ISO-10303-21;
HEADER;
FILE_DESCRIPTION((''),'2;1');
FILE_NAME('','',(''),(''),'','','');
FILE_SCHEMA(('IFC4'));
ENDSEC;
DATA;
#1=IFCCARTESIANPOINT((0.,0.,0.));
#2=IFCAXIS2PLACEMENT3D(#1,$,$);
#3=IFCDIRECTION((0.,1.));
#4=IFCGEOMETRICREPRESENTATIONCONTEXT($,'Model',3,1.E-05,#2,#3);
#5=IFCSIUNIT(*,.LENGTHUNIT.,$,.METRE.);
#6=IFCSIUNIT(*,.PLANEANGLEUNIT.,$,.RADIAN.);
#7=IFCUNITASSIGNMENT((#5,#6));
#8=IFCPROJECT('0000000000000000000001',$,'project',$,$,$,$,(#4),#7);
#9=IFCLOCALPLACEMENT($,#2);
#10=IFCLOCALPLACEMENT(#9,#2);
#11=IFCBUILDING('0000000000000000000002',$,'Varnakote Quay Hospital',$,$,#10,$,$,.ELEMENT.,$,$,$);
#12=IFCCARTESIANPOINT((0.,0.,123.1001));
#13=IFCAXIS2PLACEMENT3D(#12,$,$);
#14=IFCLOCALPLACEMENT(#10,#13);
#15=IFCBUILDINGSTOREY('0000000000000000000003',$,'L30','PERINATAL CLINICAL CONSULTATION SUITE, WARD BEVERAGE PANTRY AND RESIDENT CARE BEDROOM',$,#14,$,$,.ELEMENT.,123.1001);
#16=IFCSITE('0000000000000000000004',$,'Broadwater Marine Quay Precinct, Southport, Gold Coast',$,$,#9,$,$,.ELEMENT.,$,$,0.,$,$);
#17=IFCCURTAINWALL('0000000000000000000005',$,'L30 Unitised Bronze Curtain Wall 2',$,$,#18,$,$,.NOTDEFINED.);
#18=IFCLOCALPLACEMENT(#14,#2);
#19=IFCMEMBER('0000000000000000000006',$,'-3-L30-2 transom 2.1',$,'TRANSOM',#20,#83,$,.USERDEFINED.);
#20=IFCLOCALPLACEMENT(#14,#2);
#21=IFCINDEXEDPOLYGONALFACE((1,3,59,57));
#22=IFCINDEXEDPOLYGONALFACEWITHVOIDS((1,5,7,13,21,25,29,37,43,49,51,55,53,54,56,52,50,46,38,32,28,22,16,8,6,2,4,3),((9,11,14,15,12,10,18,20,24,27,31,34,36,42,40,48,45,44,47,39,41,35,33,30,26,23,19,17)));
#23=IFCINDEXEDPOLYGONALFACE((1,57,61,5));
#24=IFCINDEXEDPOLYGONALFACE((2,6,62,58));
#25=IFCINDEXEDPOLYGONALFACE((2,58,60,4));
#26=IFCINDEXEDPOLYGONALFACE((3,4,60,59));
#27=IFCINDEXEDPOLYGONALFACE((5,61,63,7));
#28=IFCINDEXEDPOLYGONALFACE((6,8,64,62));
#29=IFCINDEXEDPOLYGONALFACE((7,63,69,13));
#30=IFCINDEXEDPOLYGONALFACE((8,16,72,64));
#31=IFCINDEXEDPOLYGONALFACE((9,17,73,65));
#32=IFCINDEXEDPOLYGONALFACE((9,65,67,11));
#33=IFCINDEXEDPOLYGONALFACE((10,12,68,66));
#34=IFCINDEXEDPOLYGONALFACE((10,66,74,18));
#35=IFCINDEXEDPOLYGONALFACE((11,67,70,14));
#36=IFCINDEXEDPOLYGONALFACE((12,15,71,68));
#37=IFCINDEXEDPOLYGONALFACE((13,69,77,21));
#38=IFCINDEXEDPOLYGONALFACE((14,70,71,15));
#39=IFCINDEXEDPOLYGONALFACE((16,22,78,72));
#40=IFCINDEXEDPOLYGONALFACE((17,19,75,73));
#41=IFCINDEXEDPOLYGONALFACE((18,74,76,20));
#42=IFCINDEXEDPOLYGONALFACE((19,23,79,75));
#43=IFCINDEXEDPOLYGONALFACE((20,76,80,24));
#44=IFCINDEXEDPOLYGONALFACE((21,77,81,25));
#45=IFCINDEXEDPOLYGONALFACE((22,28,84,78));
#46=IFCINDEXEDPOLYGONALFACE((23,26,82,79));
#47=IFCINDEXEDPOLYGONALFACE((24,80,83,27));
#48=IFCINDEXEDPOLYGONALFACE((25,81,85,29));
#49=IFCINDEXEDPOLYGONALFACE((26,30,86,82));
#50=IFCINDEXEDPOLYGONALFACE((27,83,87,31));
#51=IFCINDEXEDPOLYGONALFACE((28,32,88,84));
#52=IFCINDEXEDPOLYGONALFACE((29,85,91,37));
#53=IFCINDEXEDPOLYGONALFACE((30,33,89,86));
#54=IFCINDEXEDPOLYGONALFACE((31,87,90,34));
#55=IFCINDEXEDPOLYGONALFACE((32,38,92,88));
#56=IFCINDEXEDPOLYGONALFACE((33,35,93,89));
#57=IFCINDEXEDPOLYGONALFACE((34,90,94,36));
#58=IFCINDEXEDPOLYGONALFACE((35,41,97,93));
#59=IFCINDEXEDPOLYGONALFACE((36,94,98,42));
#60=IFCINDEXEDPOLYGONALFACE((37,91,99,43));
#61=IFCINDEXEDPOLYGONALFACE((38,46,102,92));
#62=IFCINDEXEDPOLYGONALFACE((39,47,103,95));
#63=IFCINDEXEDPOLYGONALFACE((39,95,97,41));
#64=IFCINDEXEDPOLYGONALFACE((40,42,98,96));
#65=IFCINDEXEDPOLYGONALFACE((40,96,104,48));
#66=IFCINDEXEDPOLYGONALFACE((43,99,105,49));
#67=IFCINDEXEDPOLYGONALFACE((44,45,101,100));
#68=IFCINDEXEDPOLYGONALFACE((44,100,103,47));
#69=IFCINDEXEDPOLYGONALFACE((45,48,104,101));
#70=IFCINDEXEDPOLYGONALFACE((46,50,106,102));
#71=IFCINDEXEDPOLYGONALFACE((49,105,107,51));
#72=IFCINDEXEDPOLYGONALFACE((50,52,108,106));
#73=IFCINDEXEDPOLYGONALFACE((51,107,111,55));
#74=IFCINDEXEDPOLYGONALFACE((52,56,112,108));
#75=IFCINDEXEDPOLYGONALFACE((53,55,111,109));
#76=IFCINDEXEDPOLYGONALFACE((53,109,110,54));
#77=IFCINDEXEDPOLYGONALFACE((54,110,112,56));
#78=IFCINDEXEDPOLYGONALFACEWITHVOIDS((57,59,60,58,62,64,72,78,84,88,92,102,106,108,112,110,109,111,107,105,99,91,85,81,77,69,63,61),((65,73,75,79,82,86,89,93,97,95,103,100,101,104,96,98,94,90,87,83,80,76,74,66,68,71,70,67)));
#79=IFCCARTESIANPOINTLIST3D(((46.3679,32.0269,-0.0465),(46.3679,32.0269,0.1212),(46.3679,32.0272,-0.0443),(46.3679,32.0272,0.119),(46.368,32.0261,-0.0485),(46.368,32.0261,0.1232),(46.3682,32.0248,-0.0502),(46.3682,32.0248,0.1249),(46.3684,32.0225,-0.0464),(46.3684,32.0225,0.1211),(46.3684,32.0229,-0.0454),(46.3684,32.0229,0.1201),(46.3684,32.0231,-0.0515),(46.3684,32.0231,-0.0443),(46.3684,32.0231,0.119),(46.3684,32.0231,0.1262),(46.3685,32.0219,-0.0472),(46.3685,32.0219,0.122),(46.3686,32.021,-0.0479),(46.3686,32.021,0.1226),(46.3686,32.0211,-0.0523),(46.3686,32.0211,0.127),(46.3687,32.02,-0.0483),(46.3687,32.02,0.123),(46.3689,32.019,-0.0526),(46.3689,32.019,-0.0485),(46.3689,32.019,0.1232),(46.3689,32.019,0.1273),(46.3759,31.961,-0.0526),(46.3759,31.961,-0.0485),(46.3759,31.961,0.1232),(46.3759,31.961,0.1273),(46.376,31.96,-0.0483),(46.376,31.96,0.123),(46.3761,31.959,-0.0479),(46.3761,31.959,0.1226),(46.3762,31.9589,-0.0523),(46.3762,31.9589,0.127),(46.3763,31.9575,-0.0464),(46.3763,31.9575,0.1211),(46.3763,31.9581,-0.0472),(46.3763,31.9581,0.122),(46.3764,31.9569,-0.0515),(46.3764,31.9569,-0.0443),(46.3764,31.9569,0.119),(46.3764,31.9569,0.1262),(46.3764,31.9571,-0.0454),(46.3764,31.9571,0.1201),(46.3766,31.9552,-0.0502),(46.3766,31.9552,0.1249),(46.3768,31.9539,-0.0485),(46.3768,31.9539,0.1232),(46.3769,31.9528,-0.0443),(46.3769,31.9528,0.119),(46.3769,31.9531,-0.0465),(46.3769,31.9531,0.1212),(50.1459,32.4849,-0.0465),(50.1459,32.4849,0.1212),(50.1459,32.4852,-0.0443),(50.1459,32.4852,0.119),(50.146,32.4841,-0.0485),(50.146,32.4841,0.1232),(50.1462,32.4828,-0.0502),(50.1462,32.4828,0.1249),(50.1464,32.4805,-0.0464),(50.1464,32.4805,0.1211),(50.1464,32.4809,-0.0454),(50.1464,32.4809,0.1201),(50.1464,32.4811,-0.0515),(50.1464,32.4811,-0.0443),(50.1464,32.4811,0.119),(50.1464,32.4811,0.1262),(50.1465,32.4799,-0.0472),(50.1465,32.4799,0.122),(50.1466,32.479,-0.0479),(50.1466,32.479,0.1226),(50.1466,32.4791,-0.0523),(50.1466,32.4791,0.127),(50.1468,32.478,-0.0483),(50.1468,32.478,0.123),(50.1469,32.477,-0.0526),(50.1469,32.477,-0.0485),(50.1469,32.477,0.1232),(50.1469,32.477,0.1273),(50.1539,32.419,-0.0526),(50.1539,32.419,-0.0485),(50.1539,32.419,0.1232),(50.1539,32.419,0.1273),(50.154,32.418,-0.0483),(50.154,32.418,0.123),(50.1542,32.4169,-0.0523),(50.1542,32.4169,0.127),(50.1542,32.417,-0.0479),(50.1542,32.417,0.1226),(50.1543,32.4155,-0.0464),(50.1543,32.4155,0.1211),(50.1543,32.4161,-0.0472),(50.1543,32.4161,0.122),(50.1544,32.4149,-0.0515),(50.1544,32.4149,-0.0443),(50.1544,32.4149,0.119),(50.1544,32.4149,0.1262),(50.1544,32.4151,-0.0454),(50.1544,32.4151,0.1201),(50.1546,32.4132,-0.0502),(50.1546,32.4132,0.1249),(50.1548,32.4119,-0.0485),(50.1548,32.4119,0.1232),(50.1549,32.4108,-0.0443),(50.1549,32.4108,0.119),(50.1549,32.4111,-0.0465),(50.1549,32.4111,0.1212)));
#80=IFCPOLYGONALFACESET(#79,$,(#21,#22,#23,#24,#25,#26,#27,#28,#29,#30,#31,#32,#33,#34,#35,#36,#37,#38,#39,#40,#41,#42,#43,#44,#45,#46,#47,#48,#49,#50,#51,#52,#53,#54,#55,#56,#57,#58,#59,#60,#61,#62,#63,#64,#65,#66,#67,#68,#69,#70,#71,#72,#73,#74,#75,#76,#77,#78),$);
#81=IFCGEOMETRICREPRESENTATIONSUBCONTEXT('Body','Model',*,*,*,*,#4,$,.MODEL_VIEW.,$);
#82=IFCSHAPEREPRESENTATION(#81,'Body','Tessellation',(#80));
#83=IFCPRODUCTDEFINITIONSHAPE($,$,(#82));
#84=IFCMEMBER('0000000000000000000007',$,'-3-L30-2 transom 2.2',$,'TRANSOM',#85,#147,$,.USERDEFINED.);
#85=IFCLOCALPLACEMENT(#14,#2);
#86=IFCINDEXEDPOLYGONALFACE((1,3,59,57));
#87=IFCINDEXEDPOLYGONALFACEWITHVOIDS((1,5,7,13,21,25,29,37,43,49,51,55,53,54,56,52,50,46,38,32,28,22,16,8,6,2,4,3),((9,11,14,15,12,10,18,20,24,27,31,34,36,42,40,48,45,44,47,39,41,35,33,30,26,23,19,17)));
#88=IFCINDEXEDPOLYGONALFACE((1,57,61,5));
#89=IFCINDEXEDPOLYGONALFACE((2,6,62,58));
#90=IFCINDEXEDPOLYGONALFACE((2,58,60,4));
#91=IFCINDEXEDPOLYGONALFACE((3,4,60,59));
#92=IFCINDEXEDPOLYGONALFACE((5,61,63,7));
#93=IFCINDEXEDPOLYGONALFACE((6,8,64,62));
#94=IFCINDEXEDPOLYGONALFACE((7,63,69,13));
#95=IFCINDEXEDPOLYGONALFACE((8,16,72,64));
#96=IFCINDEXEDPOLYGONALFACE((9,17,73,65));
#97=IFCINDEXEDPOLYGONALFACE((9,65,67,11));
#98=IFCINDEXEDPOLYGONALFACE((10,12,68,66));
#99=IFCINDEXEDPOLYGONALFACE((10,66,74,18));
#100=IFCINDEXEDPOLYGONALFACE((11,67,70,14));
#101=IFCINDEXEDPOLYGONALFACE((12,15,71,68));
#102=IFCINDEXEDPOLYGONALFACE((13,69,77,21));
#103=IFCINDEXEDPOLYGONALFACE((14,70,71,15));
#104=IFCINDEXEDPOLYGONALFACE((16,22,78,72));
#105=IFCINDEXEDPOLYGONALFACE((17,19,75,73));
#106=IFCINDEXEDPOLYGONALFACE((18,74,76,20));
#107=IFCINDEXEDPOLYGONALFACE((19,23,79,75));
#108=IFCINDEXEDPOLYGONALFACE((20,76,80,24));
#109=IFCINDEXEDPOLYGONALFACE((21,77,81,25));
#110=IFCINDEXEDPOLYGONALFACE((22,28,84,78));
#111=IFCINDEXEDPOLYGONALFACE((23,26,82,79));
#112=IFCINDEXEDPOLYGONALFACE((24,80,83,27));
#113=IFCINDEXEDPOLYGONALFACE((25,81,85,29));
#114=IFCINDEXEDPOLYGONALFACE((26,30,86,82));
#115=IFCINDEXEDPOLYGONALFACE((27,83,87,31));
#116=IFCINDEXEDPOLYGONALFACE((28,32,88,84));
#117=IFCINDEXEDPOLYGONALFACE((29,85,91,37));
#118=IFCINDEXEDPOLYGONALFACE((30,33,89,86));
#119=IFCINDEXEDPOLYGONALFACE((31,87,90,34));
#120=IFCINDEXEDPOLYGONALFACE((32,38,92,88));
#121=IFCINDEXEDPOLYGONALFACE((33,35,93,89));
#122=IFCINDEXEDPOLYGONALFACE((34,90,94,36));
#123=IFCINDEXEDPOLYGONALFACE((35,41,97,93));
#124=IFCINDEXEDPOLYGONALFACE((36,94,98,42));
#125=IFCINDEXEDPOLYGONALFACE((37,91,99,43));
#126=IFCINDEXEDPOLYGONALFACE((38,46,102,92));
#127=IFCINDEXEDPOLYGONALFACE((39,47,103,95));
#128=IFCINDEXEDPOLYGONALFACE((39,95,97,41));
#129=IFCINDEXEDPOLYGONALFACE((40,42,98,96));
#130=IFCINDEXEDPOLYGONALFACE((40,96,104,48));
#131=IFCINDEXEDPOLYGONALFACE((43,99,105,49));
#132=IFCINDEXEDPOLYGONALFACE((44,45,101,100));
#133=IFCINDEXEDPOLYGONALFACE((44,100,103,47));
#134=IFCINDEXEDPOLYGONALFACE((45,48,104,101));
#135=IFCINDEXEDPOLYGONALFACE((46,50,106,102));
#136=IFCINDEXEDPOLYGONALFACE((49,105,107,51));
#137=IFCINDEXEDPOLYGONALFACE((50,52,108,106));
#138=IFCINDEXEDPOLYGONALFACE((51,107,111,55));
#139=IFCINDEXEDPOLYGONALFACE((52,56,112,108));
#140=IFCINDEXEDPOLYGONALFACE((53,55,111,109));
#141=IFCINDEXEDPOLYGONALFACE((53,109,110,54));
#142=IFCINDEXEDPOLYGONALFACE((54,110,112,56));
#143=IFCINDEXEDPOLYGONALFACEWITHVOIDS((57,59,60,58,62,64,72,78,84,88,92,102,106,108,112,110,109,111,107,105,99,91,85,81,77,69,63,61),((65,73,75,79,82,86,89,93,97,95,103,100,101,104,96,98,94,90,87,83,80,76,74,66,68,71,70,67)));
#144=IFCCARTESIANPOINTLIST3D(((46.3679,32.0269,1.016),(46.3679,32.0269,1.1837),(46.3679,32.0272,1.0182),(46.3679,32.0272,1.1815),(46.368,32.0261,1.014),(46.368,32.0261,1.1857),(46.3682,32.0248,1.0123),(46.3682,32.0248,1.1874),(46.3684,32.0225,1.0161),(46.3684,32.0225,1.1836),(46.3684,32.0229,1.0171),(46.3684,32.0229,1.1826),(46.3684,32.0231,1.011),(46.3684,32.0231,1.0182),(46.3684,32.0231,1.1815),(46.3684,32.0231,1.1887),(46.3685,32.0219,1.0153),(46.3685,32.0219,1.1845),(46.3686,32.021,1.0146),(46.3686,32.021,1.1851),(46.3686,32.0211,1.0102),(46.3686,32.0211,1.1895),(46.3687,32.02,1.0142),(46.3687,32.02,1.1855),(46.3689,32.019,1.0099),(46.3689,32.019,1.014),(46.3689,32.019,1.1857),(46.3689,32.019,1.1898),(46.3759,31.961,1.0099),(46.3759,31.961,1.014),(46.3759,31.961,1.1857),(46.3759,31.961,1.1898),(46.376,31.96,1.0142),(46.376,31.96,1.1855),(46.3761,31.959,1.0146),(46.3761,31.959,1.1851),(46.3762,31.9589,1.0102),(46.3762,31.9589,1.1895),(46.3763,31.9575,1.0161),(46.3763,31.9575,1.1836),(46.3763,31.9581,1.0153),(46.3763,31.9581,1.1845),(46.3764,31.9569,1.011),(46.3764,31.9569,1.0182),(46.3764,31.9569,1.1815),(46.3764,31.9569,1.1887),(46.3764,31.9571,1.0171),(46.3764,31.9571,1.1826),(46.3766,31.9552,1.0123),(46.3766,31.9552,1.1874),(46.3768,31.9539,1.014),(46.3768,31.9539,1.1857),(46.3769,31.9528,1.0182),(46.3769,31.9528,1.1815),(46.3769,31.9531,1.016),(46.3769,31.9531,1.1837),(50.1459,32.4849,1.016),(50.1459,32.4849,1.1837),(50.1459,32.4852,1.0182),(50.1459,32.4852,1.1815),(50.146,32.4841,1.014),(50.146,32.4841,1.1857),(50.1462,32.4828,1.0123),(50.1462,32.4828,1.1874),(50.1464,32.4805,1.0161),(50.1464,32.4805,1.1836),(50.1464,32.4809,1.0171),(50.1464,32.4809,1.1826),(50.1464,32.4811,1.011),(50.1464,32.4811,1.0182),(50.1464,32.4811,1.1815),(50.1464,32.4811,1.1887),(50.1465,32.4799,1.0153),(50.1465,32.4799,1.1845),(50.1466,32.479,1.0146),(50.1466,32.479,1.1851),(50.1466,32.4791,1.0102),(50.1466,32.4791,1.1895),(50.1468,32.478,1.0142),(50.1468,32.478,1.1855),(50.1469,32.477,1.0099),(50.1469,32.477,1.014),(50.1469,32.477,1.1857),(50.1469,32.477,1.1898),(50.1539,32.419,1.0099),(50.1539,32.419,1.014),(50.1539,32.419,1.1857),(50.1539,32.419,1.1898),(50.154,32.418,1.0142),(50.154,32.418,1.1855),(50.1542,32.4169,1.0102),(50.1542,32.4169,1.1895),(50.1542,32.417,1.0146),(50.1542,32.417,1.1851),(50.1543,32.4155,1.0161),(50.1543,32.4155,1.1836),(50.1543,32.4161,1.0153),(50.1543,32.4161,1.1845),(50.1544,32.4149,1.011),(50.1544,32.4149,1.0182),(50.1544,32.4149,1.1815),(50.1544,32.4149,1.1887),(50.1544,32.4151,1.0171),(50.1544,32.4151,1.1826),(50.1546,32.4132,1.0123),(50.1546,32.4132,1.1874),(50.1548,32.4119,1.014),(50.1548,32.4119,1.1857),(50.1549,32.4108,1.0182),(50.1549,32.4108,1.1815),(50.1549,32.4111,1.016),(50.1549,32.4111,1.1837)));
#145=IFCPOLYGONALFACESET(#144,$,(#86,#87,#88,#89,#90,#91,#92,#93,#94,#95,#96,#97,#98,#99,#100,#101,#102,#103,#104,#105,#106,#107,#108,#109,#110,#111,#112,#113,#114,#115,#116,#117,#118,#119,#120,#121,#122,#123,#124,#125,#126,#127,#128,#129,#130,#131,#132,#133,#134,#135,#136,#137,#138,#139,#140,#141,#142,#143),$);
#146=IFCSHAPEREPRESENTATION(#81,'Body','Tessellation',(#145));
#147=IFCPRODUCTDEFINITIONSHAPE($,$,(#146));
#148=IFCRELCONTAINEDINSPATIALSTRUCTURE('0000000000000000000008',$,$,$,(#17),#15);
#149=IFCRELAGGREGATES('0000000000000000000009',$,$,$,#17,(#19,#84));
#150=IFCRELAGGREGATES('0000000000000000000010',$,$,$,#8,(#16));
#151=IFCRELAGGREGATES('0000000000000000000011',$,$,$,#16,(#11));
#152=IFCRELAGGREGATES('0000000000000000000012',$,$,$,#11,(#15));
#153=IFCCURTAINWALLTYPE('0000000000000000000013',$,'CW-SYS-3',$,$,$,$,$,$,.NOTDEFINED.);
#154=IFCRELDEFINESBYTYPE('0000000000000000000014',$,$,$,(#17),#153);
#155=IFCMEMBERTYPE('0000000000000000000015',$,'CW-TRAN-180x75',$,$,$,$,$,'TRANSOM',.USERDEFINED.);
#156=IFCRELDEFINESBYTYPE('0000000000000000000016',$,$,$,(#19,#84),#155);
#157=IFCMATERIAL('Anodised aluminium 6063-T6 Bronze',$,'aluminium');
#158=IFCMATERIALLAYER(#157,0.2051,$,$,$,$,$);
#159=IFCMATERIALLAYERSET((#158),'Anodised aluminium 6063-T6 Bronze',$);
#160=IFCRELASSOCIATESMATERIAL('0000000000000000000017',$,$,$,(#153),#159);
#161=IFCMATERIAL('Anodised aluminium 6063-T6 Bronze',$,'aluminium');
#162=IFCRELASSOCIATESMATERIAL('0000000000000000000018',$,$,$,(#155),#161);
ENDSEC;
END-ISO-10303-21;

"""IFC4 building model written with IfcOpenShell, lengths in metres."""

from ifc_helpers import new_model, si_unit, direction, frame, origin, origin_2d, place, context, subcontext, project, spatial, hollow_rectangle, extrude, material, layer, layer_set, material_profile, profile_set, type_object, element, aggregate, save


model = new_model("IFC4")

# Units and contexts
model_context = context("Model", 3, precision=1e-05, world=origin(), true_north=direction((0.0, 1.0)))
body_context = subcontext(model_context, "Body", "Model", "MODEL_VIEW")
ifc_project = project(units=[si_unit("LENGTHUNIT", "METRE"), si_unit("PLANEANGLEUNIT", "RADIAN")], contexts=[model_context])

# Site, building, storey
site_placement = place(None, origin())
site = spatial("IfcSite", under=ifc_project, at=site_placement, Name="Broadwater Marine Quay Precinct, Southport, Gold Coast", CompositionType="ELEMENT", RefElevation=0.0)
building_placement = place(site_placement, origin())
building = spatial("IfcBuilding", under=site, at=building_placement, Name="Varnakote Quay Hospital", CompositionType="ELEMENT")
storey_placement = place(building_placement, frame((0.0, 0.0, 123.1001)))
storey = spatial("IfcBuildingStorey", under=building, at=storey_placement, Name="L30", Description="PERINATAL CLINICAL CONSULTATION SUITE, WARD BEVERAGE PANTRY AND RESIDENT CARE BEDROOM", CompositionType="ELEMENT", Elevation=123.1001)

# Shared definitions
ifc_material_1 = material(Name="Anodised aluminium 6063-T6 Bronze", Category="aluminium")
ifc_layer_1 = layer(ifc_material_1, 0.2051)
ifc_layer_set_1 = layer_set([ifc_layer_1], Name="Anodised aluminium 6063-T6 Bronze")
curtain_wall_type = type_object("IfcCurtainWallType", Name="CW-SYS-3", PredefinedType="NOTDEFINED", material=ifc_layer_set_1)

# Curtain wall, members
curtain_wall_1_placement = place(storey_placement, origin())
curtain_wall_1 = element("IfcCurtainWall", 1, at=curtain_wall_1_placement, inside=storey, type_object=curtain_wall_type, Name="L30 Unitised Bronze Curtain Wall 2", PredefinedType="NOTDEFINED")
ifc_material_2 = material(Name="Anodised aluminium 6063-T6 Bronze", Category="aluminium")
ifc_material_profile_1 = material_profile(ifc_material_2, hollow_rectangle(XDim=0.075, YDim=0.1799, WallThickness=0.0042, InnerFilletRadius=0.0042, OuterFilletRadius=0.0083, at=origin_2d()), Name="CW-TRAN-180x75")
ifc_profile_set_1 = profile_set([ifc_material_profile_1], Name="Anodised aluminium 6063-T6 Bronze")
member_type_1 = type_object("IfcMemberType", Name="CW-TRAN-180x75", ElementType="TRANSOM", PredefinedType="USERDEFINED", material=ifc_profile_set_1)
member_1_placement = place(storey_placement, frame((50.1504, 32.448, 0.0374), z_axis=(-0.992732, -0.120347, 0.0), x_axis=(0.120347, -0.992732, 0.0)))
member_1 = element("IfcMember", 2, at=member_1_placement, type_object=member_type_1, Name="-3-L30-2 transom 2.1", ObjectType="TRANSOM", PredefinedType="USERDEFINED", context=body_context, shape_type="SweptSolid", body=[
    extrude(hollow_rectangle(XDim=0.075, YDim=0.1799, WallThickness=0.0042, InnerFilletRadius=0.0042, OuterFilletRadius=0.0083, at=origin_2d()), origin(), (0.0, 0.0, 1.0), 3.8057),
])
member_2_placement = place(storey_placement, frame((50.1504, 32.448, 1.0999), z_axis=(-0.992732, -0.120347, 0.0), x_axis=(0.120347, -0.992732, 0.0)))
member_2 = element("IfcMember", 3, at=member_2_placement, type_object=member_type_1, Name="-3-L30-2 transom 2.2", ObjectType="TRANSOM", PredefinedType="USERDEFINED", context=body_context, shape_type="SweptSolid", body=[
    extrude(hollow_rectangle(XDim=0.075, YDim=0.1799, WallThickness=0.0042, InnerFilletRadius=0.0042, OuterFilletRadius=0.0083, at=origin_2d()), origin(), (0.0, 0.0, 1.0), 3.8057),
])

aggregate(curtain_wall_1, [member_1, member_2])

save(model, "model.ifc")
